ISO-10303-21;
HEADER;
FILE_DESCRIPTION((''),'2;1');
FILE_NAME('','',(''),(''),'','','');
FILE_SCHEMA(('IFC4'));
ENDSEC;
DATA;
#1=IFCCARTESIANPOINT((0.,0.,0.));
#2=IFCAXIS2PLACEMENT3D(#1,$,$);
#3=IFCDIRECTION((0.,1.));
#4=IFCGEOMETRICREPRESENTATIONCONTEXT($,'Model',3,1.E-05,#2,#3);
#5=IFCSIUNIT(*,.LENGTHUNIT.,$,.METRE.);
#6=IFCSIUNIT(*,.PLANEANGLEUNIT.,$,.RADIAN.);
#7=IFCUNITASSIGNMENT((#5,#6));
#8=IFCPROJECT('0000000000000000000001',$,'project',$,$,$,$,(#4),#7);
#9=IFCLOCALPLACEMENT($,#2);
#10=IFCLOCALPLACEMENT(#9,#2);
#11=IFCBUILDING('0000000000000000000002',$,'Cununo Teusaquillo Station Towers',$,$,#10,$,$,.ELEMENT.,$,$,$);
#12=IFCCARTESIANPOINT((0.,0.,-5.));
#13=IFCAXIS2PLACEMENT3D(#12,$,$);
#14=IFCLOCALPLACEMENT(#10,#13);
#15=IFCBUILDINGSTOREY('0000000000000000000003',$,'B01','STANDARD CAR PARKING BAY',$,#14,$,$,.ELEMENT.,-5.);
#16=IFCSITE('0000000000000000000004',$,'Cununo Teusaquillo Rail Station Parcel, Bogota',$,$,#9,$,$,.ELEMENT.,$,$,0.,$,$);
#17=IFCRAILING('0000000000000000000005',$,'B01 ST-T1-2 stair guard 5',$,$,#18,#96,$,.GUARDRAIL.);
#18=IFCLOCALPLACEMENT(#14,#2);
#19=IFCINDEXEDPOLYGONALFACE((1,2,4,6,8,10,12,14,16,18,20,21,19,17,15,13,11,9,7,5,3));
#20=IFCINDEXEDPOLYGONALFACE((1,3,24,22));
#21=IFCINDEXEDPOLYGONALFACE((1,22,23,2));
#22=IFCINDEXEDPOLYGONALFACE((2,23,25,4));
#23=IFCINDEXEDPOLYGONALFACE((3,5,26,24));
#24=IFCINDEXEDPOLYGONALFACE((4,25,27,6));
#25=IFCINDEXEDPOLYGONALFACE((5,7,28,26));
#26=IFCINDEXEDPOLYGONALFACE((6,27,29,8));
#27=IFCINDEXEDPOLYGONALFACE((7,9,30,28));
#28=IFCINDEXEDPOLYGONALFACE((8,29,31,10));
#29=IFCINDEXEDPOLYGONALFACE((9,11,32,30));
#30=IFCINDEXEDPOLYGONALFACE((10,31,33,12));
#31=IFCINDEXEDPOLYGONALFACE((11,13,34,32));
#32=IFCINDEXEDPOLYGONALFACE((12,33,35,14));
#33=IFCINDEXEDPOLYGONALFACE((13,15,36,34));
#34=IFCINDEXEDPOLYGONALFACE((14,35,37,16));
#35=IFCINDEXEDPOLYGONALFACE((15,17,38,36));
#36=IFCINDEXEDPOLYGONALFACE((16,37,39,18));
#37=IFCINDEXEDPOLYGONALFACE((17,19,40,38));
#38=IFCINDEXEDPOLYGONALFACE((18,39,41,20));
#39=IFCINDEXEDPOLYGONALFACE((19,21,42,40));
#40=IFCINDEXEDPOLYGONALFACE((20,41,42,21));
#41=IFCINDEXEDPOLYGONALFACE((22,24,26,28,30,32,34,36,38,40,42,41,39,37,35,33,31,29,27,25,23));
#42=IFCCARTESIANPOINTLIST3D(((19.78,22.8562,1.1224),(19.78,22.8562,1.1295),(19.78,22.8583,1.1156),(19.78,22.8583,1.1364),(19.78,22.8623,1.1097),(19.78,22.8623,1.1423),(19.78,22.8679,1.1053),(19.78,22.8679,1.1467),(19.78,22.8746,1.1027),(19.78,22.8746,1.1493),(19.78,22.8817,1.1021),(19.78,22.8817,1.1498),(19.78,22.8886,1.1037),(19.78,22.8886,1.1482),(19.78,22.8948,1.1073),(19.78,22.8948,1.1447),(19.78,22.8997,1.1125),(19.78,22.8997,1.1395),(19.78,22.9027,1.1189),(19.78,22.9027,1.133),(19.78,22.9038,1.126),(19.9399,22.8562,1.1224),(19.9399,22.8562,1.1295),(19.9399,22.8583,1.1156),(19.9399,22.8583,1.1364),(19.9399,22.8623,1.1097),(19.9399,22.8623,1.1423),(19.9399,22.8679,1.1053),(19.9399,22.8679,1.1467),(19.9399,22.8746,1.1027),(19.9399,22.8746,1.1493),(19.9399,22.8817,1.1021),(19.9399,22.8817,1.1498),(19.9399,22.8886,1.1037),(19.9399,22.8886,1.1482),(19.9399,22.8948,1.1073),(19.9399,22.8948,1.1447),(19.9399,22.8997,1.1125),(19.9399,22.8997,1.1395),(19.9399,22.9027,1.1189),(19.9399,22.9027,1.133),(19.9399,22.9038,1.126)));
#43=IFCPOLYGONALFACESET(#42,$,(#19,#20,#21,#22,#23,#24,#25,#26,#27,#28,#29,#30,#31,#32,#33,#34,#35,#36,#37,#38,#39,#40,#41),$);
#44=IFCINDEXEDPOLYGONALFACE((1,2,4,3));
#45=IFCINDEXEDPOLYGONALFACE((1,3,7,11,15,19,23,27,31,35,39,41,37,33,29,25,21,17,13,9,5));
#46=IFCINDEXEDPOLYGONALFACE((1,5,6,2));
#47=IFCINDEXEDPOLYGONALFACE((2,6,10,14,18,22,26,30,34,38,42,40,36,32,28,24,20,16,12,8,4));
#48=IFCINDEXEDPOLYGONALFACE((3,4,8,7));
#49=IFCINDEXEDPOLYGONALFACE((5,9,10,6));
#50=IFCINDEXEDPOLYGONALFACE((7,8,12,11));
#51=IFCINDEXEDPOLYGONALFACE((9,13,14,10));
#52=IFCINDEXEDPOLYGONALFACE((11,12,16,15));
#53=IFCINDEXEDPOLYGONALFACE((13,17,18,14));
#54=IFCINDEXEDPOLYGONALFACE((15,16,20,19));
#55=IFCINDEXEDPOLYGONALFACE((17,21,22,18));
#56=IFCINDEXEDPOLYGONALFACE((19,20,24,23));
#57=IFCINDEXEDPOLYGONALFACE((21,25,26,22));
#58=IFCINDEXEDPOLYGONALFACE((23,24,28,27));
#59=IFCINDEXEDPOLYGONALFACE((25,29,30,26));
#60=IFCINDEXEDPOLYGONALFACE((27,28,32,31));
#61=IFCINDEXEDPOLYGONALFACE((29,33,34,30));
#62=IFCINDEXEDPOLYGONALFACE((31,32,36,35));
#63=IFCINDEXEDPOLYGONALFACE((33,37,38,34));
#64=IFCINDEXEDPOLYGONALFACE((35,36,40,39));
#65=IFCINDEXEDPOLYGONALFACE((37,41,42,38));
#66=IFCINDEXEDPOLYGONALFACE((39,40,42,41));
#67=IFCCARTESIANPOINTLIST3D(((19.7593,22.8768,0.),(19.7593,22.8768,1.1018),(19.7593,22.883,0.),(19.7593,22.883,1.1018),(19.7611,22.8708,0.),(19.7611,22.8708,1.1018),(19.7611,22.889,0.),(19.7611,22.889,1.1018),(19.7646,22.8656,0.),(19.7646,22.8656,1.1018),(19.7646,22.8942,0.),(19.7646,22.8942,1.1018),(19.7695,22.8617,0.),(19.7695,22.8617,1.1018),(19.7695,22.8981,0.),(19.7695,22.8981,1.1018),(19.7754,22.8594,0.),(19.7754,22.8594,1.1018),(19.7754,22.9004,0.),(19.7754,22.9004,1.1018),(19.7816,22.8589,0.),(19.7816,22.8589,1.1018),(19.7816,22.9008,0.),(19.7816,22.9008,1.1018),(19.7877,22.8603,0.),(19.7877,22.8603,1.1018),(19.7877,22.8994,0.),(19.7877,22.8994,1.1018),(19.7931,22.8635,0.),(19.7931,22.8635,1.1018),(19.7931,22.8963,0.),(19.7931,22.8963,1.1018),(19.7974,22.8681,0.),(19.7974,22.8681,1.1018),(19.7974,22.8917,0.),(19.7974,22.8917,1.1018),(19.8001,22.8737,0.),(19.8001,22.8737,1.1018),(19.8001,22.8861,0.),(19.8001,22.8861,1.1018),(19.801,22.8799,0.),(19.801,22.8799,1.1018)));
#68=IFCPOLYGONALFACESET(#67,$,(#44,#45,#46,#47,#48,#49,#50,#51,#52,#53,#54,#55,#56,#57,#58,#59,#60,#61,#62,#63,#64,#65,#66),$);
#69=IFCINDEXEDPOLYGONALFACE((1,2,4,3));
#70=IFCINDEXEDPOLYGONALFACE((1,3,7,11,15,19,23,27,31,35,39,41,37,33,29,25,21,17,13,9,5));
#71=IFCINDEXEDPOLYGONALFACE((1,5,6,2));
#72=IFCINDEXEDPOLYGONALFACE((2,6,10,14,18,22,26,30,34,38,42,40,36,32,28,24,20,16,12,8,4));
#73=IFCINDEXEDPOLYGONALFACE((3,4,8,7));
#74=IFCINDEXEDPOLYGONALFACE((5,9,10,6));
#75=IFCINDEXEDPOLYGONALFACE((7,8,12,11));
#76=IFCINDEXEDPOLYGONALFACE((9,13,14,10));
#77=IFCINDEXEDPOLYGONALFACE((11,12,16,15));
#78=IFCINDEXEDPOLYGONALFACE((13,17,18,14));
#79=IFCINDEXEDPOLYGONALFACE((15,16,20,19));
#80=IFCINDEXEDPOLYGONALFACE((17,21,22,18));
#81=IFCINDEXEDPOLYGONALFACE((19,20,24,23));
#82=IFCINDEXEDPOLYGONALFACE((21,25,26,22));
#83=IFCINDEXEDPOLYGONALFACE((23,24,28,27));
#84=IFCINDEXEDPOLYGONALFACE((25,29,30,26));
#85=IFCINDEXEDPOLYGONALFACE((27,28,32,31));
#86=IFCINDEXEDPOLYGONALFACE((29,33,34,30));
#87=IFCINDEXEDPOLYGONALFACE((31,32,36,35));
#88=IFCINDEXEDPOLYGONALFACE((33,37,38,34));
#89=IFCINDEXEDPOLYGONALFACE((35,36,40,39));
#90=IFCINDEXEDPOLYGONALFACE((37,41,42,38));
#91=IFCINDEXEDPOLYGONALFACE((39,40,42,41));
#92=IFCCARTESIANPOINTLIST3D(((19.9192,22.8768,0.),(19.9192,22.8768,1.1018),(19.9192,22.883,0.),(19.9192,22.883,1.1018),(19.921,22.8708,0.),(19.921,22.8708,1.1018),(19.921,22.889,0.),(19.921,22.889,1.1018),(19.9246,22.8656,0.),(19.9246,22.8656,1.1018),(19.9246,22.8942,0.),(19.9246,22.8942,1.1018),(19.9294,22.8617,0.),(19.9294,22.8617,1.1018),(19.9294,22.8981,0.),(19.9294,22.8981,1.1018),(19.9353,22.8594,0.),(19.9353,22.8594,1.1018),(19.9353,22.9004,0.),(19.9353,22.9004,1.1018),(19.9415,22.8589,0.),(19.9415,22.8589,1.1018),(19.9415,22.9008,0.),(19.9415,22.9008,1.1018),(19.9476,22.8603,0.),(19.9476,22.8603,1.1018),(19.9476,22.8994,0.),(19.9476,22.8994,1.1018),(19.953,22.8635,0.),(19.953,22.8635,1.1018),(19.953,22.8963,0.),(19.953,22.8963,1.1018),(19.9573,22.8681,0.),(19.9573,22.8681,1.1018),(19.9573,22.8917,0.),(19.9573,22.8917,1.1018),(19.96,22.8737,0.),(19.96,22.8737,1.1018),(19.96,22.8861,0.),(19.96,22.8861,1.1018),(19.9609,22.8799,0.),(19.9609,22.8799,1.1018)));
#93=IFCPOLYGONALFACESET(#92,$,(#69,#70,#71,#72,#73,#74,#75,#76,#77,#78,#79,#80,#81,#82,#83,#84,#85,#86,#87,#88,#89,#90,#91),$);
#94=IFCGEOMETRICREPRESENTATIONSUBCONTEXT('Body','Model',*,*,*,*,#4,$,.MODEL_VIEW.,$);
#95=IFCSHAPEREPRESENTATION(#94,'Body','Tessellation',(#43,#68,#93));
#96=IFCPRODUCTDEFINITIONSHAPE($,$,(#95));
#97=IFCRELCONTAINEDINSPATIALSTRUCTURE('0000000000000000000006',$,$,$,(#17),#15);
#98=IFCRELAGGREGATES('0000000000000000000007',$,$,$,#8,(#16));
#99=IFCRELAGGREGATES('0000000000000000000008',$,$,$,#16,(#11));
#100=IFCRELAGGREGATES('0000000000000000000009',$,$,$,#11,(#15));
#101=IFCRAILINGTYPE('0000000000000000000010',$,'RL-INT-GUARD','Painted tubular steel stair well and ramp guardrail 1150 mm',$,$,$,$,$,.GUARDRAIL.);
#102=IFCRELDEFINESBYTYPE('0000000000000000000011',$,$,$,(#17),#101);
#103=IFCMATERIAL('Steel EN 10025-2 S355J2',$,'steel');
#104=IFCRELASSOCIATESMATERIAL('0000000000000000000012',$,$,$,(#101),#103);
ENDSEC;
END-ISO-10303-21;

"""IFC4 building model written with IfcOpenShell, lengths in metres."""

from ifc_helpers import new_model, si_unit, direction, frame, origin, origin_2d, place, context, subcontext, project, spatial, circle, extrude, material, type_object, element, save


model = new_model("IFC4")

# Units and contexts
model_context = context("Model", 3, precision=1e-05, world=origin(), true_north=direction((0.0, 1.0)))
body_context = subcontext(model_context, "Body", "Model", "MODEL_VIEW")
ifc_project = project(units=[si_unit("LENGTHUNIT", "METRE"), si_unit("PLANEANGLEUNIT", "RADIAN")], contexts=[model_context])

# Site, building, storey
site_placement = place(None, origin())
site = spatial("IfcSite", under=ifc_project, at=site_placement, Name="Cununo Teusaquillo Rail Station Parcel, Bogota", CompositionType="ELEMENT", RefElevation=0.0)
building_placement = place(site_placement, origin())
building = spatial("IfcBuilding", under=site, at=building_placement, Name="Cununo Teusaquillo Station Towers", CompositionType="ELEMENT")
storey_placement = place(building_placement, frame((0.0, 0.0, -5.0)))
storey = spatial("IfcBuildingStorey", under=building, at=storey_placement, Name="B01", Description="STANDARD CAR PARKING BAY", CompositionType="ELEMENT", Elevation=-5.0)

# Railing
ifc_material_1 = material(Name="Steel EN 10025-2 S355J2", Category="steel")
railing_type_1 = type_object("IfcRailingType", Name="RL-INT-GUARD", Description="Painted tubular steel stair well and ramp guardrail 1150 mm", PredefinedType="GUARDRAIL", material=ifc_material_1)
railing_1_placement = place(storey_placement, frame((19.78, 22.8799, 0.0)))
element("IfcRailing", 1, at=railing_1_placement, inside=storey, type_object=railing_type_1, Name="B01 ST-T1-2 stair guard 5", PredefinedType="GUARDRAIL", context=body_context, shape_type="SweptSolid", body=[
    extrude(circle(Radius=0.0239, at=origin_2d()), frame((0.0, 0.0, 1.126), z_axis=(1.0, 0.0, 0.0), x_axis=(0.0, 1.0, 0.0)), (0.0, 0.0, 1.0), 0.1599),
    extrude(circle(Radius=0.021, at=origin_2d()), origin(), (0.0, 0.0, 1.0), 1.1018),
    extrude(circle(Radius=0.021, at=origin_2d()), frame((0.1599, 0.0, 0.0)), (0.0, 0.0, 1.0), 1.1018),
])

save(model, "model.ifc")
